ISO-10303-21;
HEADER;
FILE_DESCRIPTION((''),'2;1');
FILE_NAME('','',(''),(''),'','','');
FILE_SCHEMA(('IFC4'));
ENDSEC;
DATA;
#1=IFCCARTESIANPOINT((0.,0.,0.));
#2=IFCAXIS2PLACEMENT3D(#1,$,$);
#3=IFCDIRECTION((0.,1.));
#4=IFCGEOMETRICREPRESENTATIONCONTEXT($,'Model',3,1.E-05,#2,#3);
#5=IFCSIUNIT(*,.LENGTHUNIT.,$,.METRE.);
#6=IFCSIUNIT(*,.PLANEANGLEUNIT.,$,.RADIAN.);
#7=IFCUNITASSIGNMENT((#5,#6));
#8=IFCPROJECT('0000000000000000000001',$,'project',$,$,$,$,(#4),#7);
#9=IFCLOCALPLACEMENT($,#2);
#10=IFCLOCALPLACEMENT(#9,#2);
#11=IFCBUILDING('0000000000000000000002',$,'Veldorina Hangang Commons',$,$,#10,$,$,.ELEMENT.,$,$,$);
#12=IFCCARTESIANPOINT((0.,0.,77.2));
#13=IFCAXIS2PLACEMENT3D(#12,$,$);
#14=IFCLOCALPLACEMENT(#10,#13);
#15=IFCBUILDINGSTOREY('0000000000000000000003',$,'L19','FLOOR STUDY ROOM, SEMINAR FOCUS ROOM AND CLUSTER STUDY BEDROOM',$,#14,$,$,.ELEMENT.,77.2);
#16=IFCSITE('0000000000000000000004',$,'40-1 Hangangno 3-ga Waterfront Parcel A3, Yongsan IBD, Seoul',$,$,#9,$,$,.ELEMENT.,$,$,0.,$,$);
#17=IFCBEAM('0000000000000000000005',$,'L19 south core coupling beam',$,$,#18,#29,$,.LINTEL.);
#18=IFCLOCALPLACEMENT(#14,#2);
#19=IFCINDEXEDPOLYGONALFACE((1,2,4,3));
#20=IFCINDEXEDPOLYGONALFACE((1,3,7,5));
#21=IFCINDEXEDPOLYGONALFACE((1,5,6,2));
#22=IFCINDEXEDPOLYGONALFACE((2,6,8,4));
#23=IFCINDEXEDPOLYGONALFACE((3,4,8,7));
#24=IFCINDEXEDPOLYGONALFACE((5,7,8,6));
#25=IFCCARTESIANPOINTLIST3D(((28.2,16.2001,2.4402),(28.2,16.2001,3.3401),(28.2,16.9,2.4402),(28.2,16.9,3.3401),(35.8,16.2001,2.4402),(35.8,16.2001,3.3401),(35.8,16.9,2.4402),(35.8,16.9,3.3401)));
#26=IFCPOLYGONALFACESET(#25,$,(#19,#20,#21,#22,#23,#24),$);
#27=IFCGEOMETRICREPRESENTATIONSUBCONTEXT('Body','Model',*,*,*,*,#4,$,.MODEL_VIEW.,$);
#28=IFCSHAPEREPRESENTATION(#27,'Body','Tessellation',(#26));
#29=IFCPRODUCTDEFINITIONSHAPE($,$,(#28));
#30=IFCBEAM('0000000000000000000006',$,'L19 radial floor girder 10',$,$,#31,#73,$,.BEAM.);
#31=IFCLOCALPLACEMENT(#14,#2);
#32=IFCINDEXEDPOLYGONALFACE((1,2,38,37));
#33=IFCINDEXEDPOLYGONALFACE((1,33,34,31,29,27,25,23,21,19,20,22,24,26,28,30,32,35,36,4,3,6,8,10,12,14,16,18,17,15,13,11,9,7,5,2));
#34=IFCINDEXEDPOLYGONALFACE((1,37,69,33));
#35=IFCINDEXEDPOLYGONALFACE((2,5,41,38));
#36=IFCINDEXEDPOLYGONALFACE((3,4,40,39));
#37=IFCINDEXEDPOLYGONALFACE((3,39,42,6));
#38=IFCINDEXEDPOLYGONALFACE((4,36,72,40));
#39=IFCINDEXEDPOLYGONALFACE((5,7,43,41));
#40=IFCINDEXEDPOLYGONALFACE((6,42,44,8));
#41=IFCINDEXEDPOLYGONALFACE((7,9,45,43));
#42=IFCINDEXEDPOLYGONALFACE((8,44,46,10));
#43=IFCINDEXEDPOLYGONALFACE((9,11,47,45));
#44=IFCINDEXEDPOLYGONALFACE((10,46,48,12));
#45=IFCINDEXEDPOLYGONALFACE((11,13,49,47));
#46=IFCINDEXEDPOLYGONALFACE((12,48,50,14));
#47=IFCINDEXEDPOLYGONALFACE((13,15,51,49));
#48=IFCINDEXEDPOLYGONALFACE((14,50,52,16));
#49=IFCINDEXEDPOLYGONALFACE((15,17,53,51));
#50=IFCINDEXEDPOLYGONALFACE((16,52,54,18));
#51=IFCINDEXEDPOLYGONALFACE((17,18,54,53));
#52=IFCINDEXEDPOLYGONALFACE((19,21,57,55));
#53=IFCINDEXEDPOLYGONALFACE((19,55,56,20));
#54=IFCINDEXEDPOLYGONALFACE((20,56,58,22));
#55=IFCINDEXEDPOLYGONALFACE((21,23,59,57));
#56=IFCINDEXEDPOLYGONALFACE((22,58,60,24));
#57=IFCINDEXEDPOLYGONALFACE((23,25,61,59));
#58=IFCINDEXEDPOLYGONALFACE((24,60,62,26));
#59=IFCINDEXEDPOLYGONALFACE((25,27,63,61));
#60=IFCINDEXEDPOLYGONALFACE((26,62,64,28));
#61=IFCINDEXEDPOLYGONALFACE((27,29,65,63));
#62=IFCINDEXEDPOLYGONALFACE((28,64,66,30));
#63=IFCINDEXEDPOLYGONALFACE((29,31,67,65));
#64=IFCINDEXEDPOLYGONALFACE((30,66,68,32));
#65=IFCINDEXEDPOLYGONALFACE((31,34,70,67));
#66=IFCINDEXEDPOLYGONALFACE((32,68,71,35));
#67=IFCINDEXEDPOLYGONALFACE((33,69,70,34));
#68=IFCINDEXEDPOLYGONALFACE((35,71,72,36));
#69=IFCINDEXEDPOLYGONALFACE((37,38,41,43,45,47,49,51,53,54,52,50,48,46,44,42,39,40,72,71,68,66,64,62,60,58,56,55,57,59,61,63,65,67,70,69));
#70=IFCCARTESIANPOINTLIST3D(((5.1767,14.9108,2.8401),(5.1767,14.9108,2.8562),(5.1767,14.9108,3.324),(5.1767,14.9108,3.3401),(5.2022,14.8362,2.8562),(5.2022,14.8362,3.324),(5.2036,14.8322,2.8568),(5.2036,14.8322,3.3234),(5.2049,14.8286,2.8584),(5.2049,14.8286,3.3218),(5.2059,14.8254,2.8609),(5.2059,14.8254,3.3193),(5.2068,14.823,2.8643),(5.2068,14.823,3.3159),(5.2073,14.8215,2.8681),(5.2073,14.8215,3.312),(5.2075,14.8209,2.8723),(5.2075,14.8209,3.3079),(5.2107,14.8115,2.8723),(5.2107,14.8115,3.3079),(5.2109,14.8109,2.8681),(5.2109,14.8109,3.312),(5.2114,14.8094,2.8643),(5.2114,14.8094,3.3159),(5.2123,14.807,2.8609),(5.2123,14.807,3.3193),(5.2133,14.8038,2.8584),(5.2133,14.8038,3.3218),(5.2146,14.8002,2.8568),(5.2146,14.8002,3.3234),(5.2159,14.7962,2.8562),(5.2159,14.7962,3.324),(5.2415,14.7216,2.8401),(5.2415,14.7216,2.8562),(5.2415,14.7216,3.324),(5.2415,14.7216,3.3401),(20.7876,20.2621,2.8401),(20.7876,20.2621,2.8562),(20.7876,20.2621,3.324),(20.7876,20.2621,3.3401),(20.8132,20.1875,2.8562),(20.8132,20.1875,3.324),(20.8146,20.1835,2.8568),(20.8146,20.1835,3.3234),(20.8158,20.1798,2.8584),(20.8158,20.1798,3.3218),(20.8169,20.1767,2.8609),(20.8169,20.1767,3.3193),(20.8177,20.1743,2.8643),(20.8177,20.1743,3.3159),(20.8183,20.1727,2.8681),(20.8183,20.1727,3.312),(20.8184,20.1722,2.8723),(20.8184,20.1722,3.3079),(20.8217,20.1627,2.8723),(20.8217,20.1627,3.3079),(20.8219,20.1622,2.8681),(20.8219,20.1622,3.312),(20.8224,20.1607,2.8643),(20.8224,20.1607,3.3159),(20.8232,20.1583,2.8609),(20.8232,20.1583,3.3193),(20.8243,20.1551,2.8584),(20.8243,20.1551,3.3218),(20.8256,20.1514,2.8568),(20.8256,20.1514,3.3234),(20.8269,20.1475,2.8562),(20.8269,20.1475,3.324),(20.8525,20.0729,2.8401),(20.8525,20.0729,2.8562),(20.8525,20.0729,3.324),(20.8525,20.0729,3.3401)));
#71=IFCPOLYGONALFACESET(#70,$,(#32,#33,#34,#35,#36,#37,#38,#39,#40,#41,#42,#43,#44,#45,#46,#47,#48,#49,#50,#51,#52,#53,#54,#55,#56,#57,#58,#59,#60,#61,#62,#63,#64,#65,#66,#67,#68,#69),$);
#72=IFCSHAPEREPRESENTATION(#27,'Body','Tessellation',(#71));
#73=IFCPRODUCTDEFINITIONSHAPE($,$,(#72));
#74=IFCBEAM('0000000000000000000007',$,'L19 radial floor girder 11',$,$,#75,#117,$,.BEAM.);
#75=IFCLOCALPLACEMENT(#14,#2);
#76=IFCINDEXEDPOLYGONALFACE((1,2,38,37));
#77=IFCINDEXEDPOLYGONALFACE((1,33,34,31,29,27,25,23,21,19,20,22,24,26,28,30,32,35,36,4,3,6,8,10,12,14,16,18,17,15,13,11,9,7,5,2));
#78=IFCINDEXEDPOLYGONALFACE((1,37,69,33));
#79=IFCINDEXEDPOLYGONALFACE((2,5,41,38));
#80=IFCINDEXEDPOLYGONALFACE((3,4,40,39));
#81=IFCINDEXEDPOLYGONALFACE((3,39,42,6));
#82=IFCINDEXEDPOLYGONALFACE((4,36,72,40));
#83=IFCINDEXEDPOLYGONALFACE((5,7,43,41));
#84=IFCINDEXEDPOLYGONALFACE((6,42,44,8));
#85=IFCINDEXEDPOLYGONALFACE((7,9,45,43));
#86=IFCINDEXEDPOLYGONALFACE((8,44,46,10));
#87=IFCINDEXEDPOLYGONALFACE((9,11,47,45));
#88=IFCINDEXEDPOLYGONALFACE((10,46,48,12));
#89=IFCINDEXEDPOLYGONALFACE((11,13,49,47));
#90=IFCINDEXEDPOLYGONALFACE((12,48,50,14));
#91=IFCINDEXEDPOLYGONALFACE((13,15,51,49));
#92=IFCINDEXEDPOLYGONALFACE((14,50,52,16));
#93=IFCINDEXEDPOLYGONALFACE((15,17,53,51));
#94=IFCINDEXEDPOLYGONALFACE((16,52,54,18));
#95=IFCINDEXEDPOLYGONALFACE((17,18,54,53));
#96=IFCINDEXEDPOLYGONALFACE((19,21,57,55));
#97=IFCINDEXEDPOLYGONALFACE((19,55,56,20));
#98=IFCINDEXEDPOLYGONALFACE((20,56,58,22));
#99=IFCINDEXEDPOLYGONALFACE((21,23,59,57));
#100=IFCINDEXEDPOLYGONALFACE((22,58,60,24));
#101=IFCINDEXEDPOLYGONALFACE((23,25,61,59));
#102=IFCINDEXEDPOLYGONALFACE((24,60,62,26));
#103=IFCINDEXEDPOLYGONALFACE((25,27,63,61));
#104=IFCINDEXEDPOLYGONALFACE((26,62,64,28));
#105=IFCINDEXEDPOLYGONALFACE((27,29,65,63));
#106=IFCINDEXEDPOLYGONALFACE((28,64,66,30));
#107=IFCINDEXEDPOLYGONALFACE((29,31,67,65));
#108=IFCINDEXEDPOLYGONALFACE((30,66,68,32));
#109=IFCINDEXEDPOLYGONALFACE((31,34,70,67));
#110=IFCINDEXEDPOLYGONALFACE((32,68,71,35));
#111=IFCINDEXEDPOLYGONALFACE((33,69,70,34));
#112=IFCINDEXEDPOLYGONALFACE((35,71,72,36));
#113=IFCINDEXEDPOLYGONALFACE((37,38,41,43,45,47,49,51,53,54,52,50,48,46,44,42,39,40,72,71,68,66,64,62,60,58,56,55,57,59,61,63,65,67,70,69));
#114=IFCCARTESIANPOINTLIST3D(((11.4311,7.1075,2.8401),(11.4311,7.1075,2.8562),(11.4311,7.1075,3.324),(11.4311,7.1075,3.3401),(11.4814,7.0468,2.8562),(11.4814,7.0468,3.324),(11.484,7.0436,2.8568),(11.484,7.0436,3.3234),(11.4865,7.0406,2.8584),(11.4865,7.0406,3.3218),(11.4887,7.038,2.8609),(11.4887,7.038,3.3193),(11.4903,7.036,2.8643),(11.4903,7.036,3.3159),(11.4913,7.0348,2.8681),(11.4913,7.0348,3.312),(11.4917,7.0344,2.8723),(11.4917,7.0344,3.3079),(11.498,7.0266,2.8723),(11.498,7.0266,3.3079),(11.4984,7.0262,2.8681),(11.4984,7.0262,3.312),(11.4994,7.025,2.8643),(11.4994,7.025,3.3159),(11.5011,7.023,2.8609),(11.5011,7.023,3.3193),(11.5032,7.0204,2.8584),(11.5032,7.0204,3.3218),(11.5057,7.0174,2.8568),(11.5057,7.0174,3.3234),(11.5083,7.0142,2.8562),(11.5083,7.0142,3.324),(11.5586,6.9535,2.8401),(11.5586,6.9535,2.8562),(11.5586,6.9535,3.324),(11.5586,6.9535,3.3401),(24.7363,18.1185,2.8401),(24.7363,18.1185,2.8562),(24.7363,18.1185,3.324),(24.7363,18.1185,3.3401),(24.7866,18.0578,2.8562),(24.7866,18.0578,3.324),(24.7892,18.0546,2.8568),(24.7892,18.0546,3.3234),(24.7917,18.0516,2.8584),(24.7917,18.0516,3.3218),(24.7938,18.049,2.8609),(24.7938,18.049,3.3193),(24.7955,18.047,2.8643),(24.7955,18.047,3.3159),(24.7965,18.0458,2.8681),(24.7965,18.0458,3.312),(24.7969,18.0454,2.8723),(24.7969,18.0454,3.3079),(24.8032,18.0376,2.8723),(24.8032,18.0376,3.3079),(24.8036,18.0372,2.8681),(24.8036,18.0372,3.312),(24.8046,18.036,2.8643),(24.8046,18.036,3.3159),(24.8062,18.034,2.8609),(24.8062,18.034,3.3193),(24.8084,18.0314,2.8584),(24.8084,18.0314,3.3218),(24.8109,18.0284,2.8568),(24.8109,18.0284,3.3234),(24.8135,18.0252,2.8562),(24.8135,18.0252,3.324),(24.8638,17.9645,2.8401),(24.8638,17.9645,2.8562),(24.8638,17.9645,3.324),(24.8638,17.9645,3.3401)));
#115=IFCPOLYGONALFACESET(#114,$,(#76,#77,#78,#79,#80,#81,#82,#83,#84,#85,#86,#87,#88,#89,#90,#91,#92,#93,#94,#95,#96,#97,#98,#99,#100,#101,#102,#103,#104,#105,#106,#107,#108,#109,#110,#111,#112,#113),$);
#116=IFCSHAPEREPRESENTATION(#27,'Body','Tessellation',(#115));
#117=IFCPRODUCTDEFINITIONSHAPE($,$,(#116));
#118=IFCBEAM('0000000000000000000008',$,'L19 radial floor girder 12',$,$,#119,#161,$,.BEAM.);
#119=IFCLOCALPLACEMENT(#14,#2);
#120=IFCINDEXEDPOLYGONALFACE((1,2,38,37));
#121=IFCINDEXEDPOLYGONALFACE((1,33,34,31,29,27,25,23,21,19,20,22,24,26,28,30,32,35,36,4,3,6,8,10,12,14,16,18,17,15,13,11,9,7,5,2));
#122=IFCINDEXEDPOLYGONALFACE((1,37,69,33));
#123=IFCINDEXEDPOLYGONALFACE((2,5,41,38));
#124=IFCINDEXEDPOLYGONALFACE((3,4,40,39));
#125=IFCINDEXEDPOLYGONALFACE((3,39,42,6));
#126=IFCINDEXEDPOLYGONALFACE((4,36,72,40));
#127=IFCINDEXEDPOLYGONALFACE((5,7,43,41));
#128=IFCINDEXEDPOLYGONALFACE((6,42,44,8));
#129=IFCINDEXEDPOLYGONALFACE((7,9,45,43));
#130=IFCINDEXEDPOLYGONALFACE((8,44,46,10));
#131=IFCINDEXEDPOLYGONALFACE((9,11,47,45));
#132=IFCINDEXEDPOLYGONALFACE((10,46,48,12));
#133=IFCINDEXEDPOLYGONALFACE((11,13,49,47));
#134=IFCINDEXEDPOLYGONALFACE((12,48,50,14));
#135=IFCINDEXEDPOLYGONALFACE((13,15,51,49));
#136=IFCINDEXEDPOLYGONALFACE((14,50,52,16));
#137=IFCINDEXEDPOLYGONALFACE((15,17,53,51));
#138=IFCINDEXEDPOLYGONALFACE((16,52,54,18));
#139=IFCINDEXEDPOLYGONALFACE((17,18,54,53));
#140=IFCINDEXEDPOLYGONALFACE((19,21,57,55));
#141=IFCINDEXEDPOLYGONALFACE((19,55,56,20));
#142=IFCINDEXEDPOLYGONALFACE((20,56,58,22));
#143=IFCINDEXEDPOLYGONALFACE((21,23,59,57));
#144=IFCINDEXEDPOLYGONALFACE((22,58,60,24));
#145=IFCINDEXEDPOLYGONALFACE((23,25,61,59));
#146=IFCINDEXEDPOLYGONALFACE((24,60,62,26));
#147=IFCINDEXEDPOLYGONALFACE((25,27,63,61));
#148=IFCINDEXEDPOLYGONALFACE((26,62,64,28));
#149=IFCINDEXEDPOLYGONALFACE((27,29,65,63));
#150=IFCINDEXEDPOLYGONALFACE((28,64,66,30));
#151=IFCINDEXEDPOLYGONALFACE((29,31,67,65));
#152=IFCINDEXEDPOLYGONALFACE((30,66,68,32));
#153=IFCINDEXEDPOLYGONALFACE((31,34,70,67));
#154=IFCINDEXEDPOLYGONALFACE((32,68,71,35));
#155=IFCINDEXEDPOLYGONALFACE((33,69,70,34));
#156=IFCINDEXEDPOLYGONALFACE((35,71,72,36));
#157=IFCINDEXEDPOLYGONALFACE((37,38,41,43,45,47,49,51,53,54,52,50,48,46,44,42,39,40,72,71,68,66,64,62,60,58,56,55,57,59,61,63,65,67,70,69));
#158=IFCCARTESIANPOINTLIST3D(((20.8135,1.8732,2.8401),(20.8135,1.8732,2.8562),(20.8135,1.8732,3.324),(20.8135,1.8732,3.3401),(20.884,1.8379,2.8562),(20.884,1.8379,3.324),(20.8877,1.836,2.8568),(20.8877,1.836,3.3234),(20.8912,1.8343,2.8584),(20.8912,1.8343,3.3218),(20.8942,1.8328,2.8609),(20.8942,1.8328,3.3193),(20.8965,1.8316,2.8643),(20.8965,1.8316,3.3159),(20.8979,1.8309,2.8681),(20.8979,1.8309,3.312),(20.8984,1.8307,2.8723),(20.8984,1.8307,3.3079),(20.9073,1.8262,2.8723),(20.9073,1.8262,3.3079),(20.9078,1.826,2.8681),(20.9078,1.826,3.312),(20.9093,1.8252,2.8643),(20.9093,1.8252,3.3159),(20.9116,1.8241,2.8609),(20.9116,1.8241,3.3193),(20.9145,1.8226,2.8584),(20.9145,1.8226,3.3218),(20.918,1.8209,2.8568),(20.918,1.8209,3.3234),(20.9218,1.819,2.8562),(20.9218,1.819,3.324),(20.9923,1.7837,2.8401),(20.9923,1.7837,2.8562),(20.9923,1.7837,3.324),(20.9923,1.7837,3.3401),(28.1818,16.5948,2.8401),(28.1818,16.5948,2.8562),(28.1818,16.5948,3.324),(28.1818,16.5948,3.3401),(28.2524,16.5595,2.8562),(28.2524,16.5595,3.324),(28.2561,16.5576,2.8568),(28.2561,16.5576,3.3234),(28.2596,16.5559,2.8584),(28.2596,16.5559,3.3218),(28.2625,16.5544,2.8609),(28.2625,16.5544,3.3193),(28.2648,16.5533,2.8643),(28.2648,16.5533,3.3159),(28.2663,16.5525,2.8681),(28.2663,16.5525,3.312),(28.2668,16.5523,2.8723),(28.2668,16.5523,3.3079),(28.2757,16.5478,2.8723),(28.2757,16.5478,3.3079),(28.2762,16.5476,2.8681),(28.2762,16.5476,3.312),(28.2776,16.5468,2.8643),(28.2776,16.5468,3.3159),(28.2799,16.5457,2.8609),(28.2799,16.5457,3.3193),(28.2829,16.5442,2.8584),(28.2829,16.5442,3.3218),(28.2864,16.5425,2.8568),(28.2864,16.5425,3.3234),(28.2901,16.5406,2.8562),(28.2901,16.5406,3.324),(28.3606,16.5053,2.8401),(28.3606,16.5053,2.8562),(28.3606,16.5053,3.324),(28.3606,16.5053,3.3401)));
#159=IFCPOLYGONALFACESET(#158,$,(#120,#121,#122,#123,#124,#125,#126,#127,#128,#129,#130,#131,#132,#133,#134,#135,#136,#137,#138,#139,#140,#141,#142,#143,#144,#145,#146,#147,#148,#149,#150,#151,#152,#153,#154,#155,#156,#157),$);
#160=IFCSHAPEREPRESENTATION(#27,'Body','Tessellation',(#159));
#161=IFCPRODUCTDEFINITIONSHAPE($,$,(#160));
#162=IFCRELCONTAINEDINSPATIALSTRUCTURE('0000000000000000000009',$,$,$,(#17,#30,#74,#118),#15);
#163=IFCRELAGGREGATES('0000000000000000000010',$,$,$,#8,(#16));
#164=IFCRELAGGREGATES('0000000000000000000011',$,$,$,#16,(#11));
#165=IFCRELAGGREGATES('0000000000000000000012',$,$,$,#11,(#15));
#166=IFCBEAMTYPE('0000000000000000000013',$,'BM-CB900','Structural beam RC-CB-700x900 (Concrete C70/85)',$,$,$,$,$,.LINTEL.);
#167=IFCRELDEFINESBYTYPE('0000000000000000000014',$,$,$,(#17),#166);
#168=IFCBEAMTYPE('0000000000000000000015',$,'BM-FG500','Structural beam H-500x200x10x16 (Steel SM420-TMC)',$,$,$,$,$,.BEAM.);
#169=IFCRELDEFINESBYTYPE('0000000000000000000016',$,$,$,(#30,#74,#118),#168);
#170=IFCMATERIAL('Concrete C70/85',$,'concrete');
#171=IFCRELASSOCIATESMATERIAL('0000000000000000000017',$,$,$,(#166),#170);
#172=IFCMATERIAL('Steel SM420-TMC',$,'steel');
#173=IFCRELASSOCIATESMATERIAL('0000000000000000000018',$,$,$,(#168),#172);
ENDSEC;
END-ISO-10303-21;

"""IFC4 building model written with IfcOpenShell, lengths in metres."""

from ifc_helpers import new_model, si_unit, direction, frame, origin, origin_2d, place, context, subcontext, project, spatial, rectangle, i_section, extrude, material, material_profile, profile_set, type_object, element, save


model = new_model("IFC4")

# Units and contexts
model_context = context("Model", 3, precision=1e-05, world=origin(), true_north=direction((0.0, 1.0)))
body_context = subcontext(model_context, "Body", "Model", "MODEL_VIEW")
ifc_project = project(units=[si_unit("LENGTHUNIT", "METRE"), si_unit("PLANEANGLEUNIT", "RADIAN")], contexts=[model_context])

# Site, building, storey
site_placement = place(None, origin())
site = spatial("IfcSite", under=ifc_project, at=site_placement, Name="40-1 Hangangno 3-ga Waterfront Parcel A3, Yongsan IBD, Seoul", CompositionType="ELEMENT", RefElevation=0.0)
building_placement = place(site_placement, origin())
building = spatial("IfcBuilding", under=site, at=building_placement, Name="Veldorina Hangang Commons", CompositionType="ELEMENT")
storey_placement = place(building_placement, frame((0.0, 0.0, 77.2)))
storey = spatial("IfcBuildingStorey", under=building, at=storey_placement, Name="L19", Description="FLOOR STUDY ROOM, SEMINAR FOCUS ROOM AND CLUSTER STUDY BEDROOM", CompositionType="ELEMENT", Elevation=77.2)

# Beams
ifc_material_1 = material(Name="Concrete C70/85", Category="concrete")
ifc_material_profile_1 = material_profile(ifc_material_1, rectangle(XDim=0.7, YDim=0.8999, at=origin_2d()), Name="RC-CB-700x900")
ifc_profile_set_1 = profile_set([ifc_material_profile_1], Name="Concrete C70/85")
beam_type_1 = type_object("IfcBeamType", Name="BM-CB900", Description="Structural beam RC-CB-700x900 (Concrete C70/85)", PredefinedType="LINTEL", material=ifc_profile_set_1)
beam_1_placement = place(storey_placement, frame((28.2, 16.55, 2.8901), z_axis=(1.0, 0.0, 0.0), x_axis=(0.0, 1.0, 0.0)))
element("IfcBeam", 1, at=beam_1_placement, inside=storey, type_object=beam_type_1, Name="L19 south core coupling beam", PredefinedType="LINTEL", context=body_context, shape_type="SweptSolid", body=[
    extrude(rectangle(XDim=0.7, YDim=0.8999, at=origin_2d()), origin(), (0.0, 0.0, 1.0), 7.6001),
])
ifc_material_2 = material(Name="Steel SM420-TMC", Category="steel")
ifc_material_profile_2 = material_profile(ifc_material_2, i_section(OverallWidth=0.2, OverallDepth=0.5, WebThickness=0.01, FlangeThickness=0.0161, FilletRadius=0.0161, at=origin_2d()), Name="H-500x200x10x16")
ifc_profile_set_2 = profile_set([ifc_material_profile_2], Name="Steel SM420-TMC")
beam_type_2 = type_object("IfcBeamType", Name="BM-FG500", Description="Structural beam H-500x200x10x16 (Steel SM420-TMC)", PredefinedType="BEAM", material=ifc_profile_set_2)
beam_2_placement = place(storey_placement, frame((20.8201, 20.1675, 3.0901), z_axis=(-0.945966, -0.324267, 0.0), x_axis=(0.324267, -0.945966, 0.0)))
element("IfcBeam", 2, at=beam_2_placement, inside=storey, type_object=beam_type_2, Name="L19 radial floor girder 10", PredefinedType="BEAM", context=body_context, shape_type="SweptSolid", body=[
    extrude(i_section(OverallWidth=0.2, OverallDepth=0.5, WebThickness=0.01, FlangeThickness=0.0161, FilletRadius=0.0161, at=origin_2d()), origin(), (0.0, 0.0, 1.0), 16.5027),
])
beam_3_placement = place(storey_placement, frame((24.8, 18.0415, 3.0901), z_axis=(-0.7704, -0.637561, 0.0), x_axis=(0.637561, -0.7704, 0.0)))
element("IfcBeam", 3, at=beam_3_placement, inside=storey, type_object=beam_type_2, Name="L19 radial floor girder 11", PredefinedType="BEAM", context=body_context, shape_type="SweptSolid", body=[
    extrude(i_section(OverallWidth=0.2, OverallDepth=0.5, WebThickness=0.01, FlangeThickness=0.0161, FilletRadius=0.0161, at=origin_2d()), origin(), (0.0, 0.0, 1.0), 17.2705),
])
beam_4_placement = place(storey_placement, frame((28.2712, 16.55, 3.0901), z_axis=(-0.447581, -0.894243, 0.0), x_axis=(0.894243, -0.447581, 0.0)))
element("IfcBeam", 4, at=beam_4_placement, inside=storey, type_object=beam_type_2, Name="L19 radial floor girder 12", PredefinedType="BEAM", context=body_context, shape_type="SweptSolid", body=[
    extrude(i_section(OverallWidth=0.2, OverallDepth=0.5, WebThickness=0.01, FlangeThickness=0.0161, FilletRadius=0.0161, at=origin_2d()), origin(), (0.0, 0.0, 1.0), 16.4626),
])

save(model, "model.ifc")
